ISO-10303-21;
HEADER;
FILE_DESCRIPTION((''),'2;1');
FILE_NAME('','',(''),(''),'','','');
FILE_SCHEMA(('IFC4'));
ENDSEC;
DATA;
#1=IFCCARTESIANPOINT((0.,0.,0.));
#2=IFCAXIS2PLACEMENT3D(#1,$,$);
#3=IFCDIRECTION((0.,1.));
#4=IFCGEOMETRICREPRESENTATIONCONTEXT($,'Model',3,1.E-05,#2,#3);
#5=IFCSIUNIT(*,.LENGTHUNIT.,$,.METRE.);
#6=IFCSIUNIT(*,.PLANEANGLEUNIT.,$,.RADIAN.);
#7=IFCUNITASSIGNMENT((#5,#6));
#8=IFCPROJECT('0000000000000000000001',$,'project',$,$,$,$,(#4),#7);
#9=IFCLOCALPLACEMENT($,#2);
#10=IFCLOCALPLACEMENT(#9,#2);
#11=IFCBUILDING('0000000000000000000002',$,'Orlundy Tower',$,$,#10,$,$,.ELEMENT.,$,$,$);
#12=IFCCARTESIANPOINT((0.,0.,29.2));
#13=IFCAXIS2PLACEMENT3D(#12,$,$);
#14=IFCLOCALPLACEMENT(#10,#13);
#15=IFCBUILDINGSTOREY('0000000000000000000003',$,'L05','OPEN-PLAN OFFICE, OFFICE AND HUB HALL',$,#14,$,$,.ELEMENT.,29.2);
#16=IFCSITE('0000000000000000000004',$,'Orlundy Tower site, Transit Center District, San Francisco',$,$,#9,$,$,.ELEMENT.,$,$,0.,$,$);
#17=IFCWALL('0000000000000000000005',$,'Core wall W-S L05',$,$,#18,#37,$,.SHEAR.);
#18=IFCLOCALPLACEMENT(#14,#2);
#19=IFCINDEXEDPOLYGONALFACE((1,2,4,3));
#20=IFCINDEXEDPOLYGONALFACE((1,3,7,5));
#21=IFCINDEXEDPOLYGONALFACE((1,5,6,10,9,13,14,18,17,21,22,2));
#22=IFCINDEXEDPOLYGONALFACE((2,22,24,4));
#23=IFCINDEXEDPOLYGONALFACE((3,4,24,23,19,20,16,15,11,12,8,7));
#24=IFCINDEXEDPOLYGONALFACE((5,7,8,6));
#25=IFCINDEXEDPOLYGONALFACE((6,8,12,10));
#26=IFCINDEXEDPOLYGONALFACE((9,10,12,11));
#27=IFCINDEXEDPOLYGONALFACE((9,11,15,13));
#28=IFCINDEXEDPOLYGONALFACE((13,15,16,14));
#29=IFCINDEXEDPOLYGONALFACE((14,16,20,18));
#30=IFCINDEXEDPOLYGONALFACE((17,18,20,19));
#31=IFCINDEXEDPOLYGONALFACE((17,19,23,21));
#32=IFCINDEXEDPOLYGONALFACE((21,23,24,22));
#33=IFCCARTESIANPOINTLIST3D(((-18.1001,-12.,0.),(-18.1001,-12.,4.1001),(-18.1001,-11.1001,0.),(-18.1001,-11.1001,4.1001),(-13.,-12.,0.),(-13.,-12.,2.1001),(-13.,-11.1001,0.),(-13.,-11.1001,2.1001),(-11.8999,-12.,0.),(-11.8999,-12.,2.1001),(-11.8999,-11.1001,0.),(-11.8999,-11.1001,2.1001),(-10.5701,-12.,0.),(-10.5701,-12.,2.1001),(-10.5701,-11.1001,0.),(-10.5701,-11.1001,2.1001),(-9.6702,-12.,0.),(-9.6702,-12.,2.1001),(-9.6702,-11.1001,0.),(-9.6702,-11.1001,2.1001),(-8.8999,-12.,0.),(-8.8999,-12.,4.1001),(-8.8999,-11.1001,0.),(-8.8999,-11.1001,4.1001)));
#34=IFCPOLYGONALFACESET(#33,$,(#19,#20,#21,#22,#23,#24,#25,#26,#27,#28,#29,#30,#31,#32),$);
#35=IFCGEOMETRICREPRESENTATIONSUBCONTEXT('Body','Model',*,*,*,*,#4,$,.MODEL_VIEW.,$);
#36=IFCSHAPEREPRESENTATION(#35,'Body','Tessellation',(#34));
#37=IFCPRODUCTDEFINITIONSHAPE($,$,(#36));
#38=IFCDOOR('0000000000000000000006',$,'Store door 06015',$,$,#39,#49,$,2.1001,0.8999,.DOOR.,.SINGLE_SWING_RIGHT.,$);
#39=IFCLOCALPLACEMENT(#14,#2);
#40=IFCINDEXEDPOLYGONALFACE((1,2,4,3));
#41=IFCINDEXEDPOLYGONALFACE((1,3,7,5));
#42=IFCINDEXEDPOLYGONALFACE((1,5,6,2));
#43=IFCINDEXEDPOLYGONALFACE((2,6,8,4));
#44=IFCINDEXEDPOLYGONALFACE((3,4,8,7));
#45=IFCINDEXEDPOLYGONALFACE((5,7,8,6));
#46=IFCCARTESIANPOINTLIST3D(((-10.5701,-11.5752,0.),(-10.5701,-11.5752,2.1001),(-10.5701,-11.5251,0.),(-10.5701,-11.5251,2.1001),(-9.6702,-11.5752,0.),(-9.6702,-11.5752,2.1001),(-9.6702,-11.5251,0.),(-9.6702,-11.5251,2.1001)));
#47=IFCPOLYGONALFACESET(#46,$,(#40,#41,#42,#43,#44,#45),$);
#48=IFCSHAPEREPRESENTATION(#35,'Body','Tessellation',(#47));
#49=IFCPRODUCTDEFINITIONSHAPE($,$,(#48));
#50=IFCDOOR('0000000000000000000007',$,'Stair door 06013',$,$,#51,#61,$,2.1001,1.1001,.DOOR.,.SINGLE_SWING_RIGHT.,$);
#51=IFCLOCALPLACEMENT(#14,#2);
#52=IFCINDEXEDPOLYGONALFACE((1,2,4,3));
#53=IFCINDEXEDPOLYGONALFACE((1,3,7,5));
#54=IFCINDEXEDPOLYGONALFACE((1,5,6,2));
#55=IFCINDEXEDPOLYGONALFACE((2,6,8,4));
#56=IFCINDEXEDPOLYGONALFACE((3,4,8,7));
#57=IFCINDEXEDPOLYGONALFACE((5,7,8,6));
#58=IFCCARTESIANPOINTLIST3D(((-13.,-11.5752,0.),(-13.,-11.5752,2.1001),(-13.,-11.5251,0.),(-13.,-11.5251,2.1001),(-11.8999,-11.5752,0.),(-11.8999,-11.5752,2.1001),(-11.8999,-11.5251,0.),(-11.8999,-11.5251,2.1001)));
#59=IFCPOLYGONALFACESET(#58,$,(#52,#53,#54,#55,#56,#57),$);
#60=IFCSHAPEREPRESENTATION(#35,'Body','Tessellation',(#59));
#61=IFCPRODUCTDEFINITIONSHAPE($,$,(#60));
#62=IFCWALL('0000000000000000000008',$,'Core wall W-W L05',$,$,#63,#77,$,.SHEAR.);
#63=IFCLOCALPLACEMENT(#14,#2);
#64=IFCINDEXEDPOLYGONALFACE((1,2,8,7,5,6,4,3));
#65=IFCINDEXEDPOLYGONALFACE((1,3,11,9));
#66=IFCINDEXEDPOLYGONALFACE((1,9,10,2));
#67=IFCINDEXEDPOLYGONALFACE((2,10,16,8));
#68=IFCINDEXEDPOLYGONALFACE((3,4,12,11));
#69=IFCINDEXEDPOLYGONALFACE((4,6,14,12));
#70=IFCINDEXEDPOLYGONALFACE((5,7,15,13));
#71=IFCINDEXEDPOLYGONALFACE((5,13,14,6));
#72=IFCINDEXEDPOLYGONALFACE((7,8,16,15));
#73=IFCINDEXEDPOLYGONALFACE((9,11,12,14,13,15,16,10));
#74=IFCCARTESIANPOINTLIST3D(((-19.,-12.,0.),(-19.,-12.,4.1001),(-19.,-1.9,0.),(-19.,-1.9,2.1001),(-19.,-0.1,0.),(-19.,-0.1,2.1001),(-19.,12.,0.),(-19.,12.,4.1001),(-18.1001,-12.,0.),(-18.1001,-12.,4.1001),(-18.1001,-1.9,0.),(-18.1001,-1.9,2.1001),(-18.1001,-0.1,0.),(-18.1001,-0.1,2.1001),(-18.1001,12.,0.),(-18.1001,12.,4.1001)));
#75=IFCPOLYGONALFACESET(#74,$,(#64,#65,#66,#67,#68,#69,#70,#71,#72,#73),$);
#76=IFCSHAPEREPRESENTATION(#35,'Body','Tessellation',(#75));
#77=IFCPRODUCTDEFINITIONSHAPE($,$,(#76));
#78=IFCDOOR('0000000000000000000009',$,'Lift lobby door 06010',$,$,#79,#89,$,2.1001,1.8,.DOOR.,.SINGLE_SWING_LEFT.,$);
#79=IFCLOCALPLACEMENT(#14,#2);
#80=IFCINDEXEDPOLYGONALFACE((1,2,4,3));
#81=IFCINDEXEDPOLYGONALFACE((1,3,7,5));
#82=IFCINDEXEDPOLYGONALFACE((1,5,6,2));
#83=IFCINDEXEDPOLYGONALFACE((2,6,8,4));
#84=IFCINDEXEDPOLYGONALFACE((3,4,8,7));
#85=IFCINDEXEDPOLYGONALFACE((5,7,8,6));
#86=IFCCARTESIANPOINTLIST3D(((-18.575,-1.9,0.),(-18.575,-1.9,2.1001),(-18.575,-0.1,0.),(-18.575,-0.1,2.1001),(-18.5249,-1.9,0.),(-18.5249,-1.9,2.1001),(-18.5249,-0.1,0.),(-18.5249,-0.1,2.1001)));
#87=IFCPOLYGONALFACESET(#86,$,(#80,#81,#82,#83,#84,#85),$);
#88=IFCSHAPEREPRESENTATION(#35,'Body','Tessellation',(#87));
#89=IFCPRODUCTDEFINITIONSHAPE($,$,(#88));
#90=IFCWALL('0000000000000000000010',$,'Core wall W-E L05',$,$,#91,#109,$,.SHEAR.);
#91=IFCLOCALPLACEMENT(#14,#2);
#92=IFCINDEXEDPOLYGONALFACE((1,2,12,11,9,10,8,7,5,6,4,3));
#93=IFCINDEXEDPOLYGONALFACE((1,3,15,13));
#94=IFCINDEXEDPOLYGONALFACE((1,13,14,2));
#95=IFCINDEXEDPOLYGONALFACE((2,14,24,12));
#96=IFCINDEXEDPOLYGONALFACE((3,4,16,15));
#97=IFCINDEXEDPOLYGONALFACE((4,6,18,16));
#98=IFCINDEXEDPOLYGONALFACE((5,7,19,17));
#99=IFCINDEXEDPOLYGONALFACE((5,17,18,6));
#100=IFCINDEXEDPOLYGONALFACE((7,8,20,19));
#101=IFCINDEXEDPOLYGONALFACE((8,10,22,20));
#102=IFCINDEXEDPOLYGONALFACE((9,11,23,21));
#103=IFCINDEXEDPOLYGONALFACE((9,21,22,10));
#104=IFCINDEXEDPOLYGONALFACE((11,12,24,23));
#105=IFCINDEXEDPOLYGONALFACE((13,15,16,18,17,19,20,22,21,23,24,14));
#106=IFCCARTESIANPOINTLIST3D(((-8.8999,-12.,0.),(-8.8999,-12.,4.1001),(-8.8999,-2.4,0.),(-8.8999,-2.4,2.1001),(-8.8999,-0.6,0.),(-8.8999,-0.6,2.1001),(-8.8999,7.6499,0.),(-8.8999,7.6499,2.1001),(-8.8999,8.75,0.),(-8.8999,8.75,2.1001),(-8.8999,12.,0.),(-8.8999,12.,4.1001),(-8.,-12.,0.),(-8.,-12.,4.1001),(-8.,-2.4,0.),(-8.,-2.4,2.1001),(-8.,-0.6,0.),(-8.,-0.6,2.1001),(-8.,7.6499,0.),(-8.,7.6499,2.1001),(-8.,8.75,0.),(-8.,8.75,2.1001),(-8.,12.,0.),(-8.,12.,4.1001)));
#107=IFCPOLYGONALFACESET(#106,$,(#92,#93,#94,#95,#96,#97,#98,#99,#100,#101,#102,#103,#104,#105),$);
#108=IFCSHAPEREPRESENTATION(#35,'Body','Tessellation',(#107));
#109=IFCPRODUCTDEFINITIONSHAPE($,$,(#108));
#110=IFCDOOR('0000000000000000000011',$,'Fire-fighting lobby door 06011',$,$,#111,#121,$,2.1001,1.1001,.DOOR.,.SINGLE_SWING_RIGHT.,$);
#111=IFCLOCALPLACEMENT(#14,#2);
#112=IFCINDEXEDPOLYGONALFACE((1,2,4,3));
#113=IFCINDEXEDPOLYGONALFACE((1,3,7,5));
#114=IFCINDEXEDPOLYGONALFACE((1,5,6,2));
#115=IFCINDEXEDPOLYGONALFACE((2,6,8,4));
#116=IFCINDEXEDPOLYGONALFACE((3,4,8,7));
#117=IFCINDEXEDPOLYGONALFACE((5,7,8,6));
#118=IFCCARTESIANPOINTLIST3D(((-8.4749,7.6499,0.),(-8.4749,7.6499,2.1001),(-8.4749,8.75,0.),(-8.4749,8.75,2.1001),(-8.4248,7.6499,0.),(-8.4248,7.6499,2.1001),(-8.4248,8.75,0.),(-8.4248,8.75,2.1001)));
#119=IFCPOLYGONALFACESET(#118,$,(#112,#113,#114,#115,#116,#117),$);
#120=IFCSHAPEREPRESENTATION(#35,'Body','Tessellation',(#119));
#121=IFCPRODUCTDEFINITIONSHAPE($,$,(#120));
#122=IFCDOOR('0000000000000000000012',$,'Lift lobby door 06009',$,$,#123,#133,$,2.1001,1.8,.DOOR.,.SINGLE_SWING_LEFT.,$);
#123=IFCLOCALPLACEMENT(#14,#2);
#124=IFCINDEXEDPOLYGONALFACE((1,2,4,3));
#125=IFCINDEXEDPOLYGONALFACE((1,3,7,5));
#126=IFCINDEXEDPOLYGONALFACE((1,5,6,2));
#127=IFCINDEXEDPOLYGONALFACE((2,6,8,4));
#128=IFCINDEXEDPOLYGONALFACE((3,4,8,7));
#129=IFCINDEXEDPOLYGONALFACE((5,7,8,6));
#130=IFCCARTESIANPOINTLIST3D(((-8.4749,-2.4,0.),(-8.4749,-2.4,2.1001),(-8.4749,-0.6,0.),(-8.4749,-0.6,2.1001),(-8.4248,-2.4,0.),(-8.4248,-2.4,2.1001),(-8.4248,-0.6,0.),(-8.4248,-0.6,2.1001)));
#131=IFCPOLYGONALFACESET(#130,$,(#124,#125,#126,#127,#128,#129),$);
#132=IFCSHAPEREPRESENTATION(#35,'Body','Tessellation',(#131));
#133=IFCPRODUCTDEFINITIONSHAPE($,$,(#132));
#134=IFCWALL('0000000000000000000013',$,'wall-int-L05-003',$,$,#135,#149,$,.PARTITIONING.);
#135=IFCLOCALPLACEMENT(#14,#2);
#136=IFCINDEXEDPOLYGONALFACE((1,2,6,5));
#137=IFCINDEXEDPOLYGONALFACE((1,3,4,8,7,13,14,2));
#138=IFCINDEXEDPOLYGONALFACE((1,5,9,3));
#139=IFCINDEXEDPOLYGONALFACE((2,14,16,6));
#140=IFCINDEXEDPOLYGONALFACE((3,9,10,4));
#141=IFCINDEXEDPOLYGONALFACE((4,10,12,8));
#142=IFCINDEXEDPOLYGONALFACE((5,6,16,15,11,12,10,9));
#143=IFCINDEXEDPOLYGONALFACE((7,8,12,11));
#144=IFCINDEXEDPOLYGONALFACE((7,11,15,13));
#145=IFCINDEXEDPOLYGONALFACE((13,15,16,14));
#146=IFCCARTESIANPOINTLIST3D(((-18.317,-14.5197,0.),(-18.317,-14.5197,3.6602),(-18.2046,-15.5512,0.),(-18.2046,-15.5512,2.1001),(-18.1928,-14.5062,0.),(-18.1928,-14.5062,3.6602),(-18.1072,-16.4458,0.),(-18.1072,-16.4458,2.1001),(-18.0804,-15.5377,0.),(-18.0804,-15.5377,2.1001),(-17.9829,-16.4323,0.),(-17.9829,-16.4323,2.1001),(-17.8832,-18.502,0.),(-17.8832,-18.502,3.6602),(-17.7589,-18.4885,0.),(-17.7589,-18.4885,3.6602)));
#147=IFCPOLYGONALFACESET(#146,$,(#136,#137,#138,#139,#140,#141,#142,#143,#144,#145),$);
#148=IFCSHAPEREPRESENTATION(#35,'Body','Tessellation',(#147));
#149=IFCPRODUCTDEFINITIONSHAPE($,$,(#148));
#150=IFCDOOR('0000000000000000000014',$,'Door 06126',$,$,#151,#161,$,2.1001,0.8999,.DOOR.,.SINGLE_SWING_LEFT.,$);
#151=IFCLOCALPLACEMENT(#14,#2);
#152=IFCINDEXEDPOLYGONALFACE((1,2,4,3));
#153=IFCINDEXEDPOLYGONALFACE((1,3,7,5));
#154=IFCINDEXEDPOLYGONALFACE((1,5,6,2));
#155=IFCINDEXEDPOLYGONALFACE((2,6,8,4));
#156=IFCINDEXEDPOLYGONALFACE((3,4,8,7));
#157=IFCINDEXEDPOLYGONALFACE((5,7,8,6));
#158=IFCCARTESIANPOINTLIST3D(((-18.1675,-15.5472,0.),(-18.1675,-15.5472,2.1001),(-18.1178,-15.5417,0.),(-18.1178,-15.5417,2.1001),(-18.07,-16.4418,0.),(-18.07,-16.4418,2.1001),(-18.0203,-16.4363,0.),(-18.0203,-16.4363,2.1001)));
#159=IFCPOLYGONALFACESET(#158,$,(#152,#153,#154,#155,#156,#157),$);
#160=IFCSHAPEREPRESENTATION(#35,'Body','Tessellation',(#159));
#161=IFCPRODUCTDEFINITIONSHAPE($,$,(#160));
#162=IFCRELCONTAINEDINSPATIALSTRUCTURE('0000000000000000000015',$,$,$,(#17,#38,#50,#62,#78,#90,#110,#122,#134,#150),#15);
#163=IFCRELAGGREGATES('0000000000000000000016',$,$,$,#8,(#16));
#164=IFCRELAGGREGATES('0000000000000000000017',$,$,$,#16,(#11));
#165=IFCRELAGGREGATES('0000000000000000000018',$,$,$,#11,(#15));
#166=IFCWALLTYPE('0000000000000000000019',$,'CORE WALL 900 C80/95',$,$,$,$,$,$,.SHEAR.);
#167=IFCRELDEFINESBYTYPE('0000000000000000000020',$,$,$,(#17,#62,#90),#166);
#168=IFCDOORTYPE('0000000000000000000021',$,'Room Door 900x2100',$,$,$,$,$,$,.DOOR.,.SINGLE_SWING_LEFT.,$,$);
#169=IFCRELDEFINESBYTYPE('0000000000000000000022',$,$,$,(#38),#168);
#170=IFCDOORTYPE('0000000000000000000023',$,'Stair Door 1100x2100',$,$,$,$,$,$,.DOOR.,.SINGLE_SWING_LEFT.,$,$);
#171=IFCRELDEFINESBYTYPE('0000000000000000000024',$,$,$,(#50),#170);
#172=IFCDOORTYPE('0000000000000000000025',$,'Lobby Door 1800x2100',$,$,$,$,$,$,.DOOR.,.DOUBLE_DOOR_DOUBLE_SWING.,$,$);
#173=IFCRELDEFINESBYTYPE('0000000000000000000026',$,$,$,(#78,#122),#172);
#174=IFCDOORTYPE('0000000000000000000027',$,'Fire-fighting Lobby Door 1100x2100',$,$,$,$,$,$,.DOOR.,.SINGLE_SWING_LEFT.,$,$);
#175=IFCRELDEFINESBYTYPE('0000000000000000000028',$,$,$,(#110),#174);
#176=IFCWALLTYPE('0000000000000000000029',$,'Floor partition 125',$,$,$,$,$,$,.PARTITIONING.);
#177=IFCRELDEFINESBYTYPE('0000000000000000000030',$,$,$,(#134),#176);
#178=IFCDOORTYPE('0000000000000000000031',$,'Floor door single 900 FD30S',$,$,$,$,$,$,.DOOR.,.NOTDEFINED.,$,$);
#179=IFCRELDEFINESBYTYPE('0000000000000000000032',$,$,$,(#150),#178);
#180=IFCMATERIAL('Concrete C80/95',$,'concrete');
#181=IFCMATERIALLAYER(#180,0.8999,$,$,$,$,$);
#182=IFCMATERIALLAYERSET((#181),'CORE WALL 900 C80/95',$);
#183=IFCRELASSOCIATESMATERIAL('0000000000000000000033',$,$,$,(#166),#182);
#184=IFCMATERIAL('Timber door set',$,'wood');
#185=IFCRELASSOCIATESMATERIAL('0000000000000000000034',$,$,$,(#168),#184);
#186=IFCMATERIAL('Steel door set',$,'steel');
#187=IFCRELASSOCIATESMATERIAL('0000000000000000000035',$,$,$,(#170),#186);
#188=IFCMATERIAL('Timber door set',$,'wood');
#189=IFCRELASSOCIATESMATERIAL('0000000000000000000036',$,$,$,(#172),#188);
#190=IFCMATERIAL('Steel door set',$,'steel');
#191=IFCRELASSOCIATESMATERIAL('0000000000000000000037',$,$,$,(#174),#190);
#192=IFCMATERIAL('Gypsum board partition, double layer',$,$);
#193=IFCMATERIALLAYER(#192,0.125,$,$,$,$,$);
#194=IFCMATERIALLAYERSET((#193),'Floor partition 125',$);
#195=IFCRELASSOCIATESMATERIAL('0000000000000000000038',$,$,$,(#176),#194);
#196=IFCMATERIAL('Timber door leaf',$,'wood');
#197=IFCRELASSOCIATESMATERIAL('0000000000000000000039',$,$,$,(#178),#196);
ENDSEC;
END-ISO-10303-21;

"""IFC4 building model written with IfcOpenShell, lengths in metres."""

from ifc_helpers import new_model, si_unit, direction, frame, frame_2d, origin, place, context, subcontext, project, spatial, rectangle, extrude, material, layer, layer_set, type_object, element, fill, save


model = new_model("IFC4")

# Units and contexts
model_context = context("Model", 3, precision=1e-05, world=origin(), true_north=direction((0.0, 1.0)))
body_context = subcontext(model_context, "Body", "Model", "MODEL_VIEW")
ifc_project = project(units=[si_unit("LENGTHUNIT", "METRE"), si_unit("PLANEANGLEUNIT", "RADIAN")], contexts=[model_context])

# Site, building, storey
site_placement = place(None, origin())
site = spatial("IfcSite", under=ifc_project, at=site_placement, Name="Orlundy Tower site, Transit Center District, San Francisco", CompositionType="ELEMENT", RefElevation=0.0)
building_placement = place(site_placement, origin())
building = spatial("IfcBuilding", under=site, at=building_placement, Name="Orlundy Tower", CompositionType="ELEMENT")
storey_placement = place(building_placement, frame((0.0, 0.0, 29.2)))
storey = spatial("IfcBuildingStorey", under=building, at=storey_placement, Name="L05", Description="OPEN-PLAN OFFICE, OFFICE AND HUB HALL", CompositionType="ELEMENT", Elevation=29.2)

# Wall, openings, doors
ifc_material_1 = material(Name="Concrete C80/95", Category="concrete")
ifc_layer_1 = layer(ifc_material_1, 0.8999)
ifc_layer_set_1 = layer_set([ifc_layer_1], Name="CORE WALL 900 C80/95")
wall_type_1 = type_object("IfcWallType", Name="CORE WALL 900 C80/95", PredefinedType="SHEAR", material=ifc_layer_set_1)
wall_1_placement = place(storey_placement, frame((-18.1001, -11.55, 0.0), z_axis=(0.0, 0.0, 1.0), x_axis=(1.0, 0.0, 0.0)))
wall_1 = element("IfcWall", 1, at=wall_1_placement, inside=storey, type_object=wall_type_1, Name="Core wall W-S L05", PredefinedType="SHEAR", context=body_context, shape_type="SweptSolid", body=[
    extrude(rectangle(XDim=9.2002, YDim=0.8999, at=frame_2d((4.6001, 0.0))), origin(), (0.0, 0.0, 1.0), 4.1001),
])
opening_1_placement = place(wall_1_placement, frame((5.1001, 0.0, 0.0)))
opening_1 = element("IfcOpeningElement", 2, at=opening_1_placement, cuts=wall_1, PredefinedType="OPENING", context=body_context, shape_type="SweptSolid", body=[
    extrude(rectangle(XDim=1.1001, YDim=2.1001, at=frame_2d((0.55, 1.05))), frame((0.0, 0.46, 0.0), z_axis=(0.0, -1.0, 0.0), x_axis=(1.0, 0.0, 0.0)), (0.0, 0.0, 1.0), 0.9199),
])
opening_2_placement = place(wall_1_placement, frame((7.53, 0.0, 0.0)))
opening_2 = element("IfcOpeningElement", 3, at=opening_2_placement, cuts=wall_1, PredefinedType="OPENING", context=body_context, shape_type="SweptSolid", body=[
    extrude(rectangle(XDim=0.8999, YDim=2.1001, at=frame_2d((0.45, 1.05))), frame((0.0, 0.46, 0.0), z_axis=(0.0, -1.0, 0.0), x_axis=(1.0, 0.0, 0.0)), (0.0, 0.0, 1.0), 0.9199),
])
ifc_material_2 = material(Name="Timber door set", Category="wood")
door_type_1 = type_object("IfcDoorType", Name="Room Door 900x2100", OperationType="SINGLE_SWING_LEFT", PredefinedType="DOOR", material=ifc_material_2)
door_1_placement = place(opening_2_placement, origin())
door_1 = element("IfcDoor", 4, at=door_1_placement, inside=storey, type_object=door_type_1, Name="Store door 06015", OperationType="SINGLE_SWING_RIGHT", OverallHeight=2.1001, OverallWidth=0.8999, PredefinedType="DOOR", context=body_context, shape_type="SweptSolid", body=[
    extrude(rectangle(XDim=0.8999, YDim=2.1001, at=frame_2d((0.45, 1.05))), frame((0.0, 0.0249, 0.0), z_axis=(0.0, -1.0, 0.0), x_axis=(1.0, 0.0, 0.0)), (0.0, 0.0, 1.0), 0.05),
])
fill(opening_2, door_1)
ifc_material_3 = material(Name="Steel door set", Category="steel")
door_type_2 = type_object("IfcDoorType", Name="Stair Door 1100x2100", OperationType="SINGLE_SWING_LEFT", PredefinedType="DOOR", material=ifc_material_3)
door_2_placement = place(opening_1_placement, origin())
door_2 = element("IfcDoor", 5, at=door_2_placement, inside=storey, type_object=door_type_2, Name="Stair door 06013", OperationType="SINGLE_SWING_RIGHT", OverallHeight=2.1001, OverallWidth=1.1001, PredefinedType="DOOR", context=body_context, shape_type="SweptSolid", body=[
    extrude(rectangle(XDim=1.1001, YDim=2.1001, at=frame_2d((0.55, 1.05))), frame((0.0, 0.0249, 0.0), z_axis=(0.0, -1.0, 0.0), x_axis=(1.0, 0.0, 0.0)), (0.0, 0.0, 1.0), 0.05),
])
fill(opening_1, door_2)

# Wall, opening, door
wall_2_placement = place(storey_placement, frame((-18.55, -12.0, 0.0), z_axis=(0.0, 0.0, 1.0), x_axis=(0.0, 1.0, 0.0)))
wall_2 = element("IfcWall", 6, at=wall_2_placement, inside=storey, type_object=wall_type_1, Name="Core wall W-W L05", PredefinedType="SHEAR", context=body_context, shape_type="SweptSolid", body=[
    extrude(rectangle(XDim=24.0, YDim=0.8999, at=frame_2d((12.0, 0.0))), origin(), (0.0, 0.0, 1.0), 4.1001),
])
opening_3_placement = place(wall_2_placement, frame((10.1001, 0.0, 0.0)))
opening_3 = element("IfcOpeningElement", 7, at=opening_3_placement, cuts=wall_2, PredefinedType="OPENING", context=body_context, shape_type="SweptSolid", body=[
    extrude(rectangle(XDim=1.8, YDim=2.1001, at=frame_2d((0.8999, 1.05))), frame((0.0, 0.46, 0.0), z_axis=(0.0, -1.0, 0.0), x_axis=(1.0, 0.0, 0.0)), (0.0, 0.0, 1.0), 0.9199),
])
ifc_material_4 = material(Name="Timber door set", Category="wood")
door_type_3 = type_object("IfcDoorType", Name="Lobby Door 1800x2100", OperationType="DOUBLE_DOOR_DOUBLE_SWING", PredefinedType="DOOR", material=ifc_material_4)
door_3_placement = place(opening_3_placement, origin())
door_3 = element("IfcDoor", 8, at=door_3_placement, inside=storey, type_object=door_type_3, Name="Lift lobby door 06010", OperationType="SINGLE_SWING_LEFT", OverallHeight=2.1001, OverallWidth=1.8, PredefinedType="DOOR", context=body_context, shape_type="SweptSolid", body=[
    extrude(rectangle(XDim=1.8, YDim=2.1001, at=frame_2d((0.8999, 1.05))), frame((0.0, 0.0249, 0.0), z_axis=(0.0, -1.0, 0.0), x_axis=(1.0, 0.0, 0.0)), (0.0, 0.0, 1.0), 0.05),
])
fill(opening_3, door_3)

# Wall, openings, doors
wall_3_placement = place(storey_placement, frame((-8.45, -12.0, 0.0), z_axis=(0.0, 0.0, 1.0), x_axis=(0.0, 1.0, 0.0)))
wall_3 = element("IfcWall", 9, at=wall_3_placement, inside=storey, type_object=wall_type_1, Name="Core wall W-E L05", PredefinedType="SHEAR", context=body_context, shape_type="SweptSolid", body=[
    extrude(rectangle(XDim=24.0, YDim=0.8999, at=frame_2d((12.0, 0.0))), origin(), (0.0, 0.0, 1.0), 4.1001),
])
opening_4_placement = place(wall_3_placement, frame((9.6001, 0.0, 0.0)))
opening_4 = element("IfcOpeningElement", 10, at=opening_4_placement, cuts=wall_3, PredefinedType="OPENING", context=body_context, shape_type="SweptSolid", body=[
    extrude(rectangle(XDim=1.8, YDim=2.1001, at=frame_2d((0.8999, 1.05))), frame((0.0, 0.46, 0.0), z_axis=(0.0, -1.0, 0.0), x_axis=(1.0, 0.0, 0.0)), (0.0, 0.0, 1.0), 0.9199),
])
opening_5_placement = place(wall_3_placement, frame((19.6499, 0.0, 0.0)))
opening_5 = element("IfcOpeningElement", 11, at=opening_5_placement, cuts=wall_3, PredefinedType="OPENING", context=body_context, shape_type="SweptSolid", body=[
    extrude(rectangle(XDim=1.1001, YDim=2.1001, at=frame_2d((0.55, 1.05))), frame((0.0, 0.46, 0.0), z_axis=(0.0, -1.0, 0.0), x_axis=(1.0, 0.0, 0.0)), (0.0, 0.0, 1.0), 0.9199),
])
ifc_material_5 = material(Name="Steel door set", Category="steel")
door_type_4 = type_object("IfcDoorType", Name="Fire-fighting Lobby Door 1100x2100", OperationType="SINGLE_SWING_LEFT", PredefinedType="DOOR", material=ifc_material_5)
door_4_placement = place(opening_5_placement, origin())
door_4 = element("IfcDoor", 12, at=door_4_placement, inside=storey, type_object=door_type_4, Name="Fire-fighting lobby door 06011", OperationType="SINGLE_SWING_RIGHT", OverallHeight=2.1001, OverallWidth=1.1001, PredefinedType="DOOR", context=body_context, shape_type="SweptSolid", body=[
    extrude(rectangle(XDim=1.1001, YDim=2.1001, at=frame_2d((0.55, 1.05))), frame((0.0, 0.0249, 0.0), z_axis=(0.0, -1.0, 0.0), x_axis=(1.0, 0.0, 0.0)), (0.0, 0.0, 1.0), 0.05),
])
fill(opening_5, door_4)
door_5_placement = place(opening_4_placement, origin())
door_5 = element("IfcDoor", 13, at=door_5_placement, inside=storey, type_object=door_type_3, Name="Lift lobby door 06009", OperationType="SINGLE_SWING_LEFT", OverallHeight=2.1001, OverallWidth=1.8, PredefinedType="DOOR", context=body_context, shape_type="SweptSolid", body=[
    extrude(rectangle(XDim=1.8, YDim=2.1001, at=frame_2d((0.8999, 1.05))), frame((0.0, 0.0249, 0.0), z_axis=(0.0, -1.0, 0.0), x_axis=(1.0, 0.0, 0.0)), (0.0, 0.0, 1.0), 0.05),
])
fill(opening_4, door_5)

# Wall, opening, door
ifc_material_6 = material(Name="Gypsum board partition, double layer")
ifc_layer_2 = layer(ifc_material_6, 0.125)
ifc_layer_set_2 = layer_set([ifc_layer_2], Name="Floor partition 125")
wall_type_2 = type_object("IfcWallType", Name="Floor partition 125", PredefinedType="PARTITIONING", material=ifc_layer_set_2)
wall_4_placement = place(storey_placement, frame((-18.2549, -14.5129, 0.0), z_axis=(0.0, 0.0, 1.0), x_axis=(0.108304, -0.994118, 0.0)))
wall_4 = element("IfcWall", 14, at=wall_4_placement, inside=storey, type_object=wall_type_2, Name="wall-int-L05-003", PredefinedType="PARTITIONING", context=body_context, shape_type="SweptSolid", body=[
    extrude(rectangle(XDim=4.0059, YDim=0.125, at=frame_2d((2.0029, 0.0))), origin(), (0.0, 0.0, 1.0), 3.6602),
])
opening_6_placement = place(wall_4_placement, frame((1.0376, 0.0, 0.0)))
opening_6 = element("IfcOpeningElement", 15, at=opening_6_placement, cuts=wall_4, PredefinedType="OPENING", context=body_context, shape_type="SweptSolid", body=[
    extrude(rectangle(XDim=0.8999, YDim=2.1001, at=frame_2d((0.45, 1.05))), frame((0.0, 0.0725, 0.0), z_axis=(0.0, -1.0, 0.0), x_axis=(1.0, 0.0, 0.0)), (0.0, 0.0, 1.0), 0.145),
])
ifc_material_7 = material(Name="Timber door leaf", Category="wood")
door_type_5 = type_object("IfcDoorType", Name="Floor door single 900 FD30S", OperationType="NOTDEFINED", PredefinedType="DOOR", material=ifc_material_7)
door_6_placement = place(opening_6_placement, origin())
door_6 = element("IfcDoor", 16, at=door_6_placement, inside=storey, type_object=door_type_5, Name="Door 06126", OperationType="SINGLE_SWING_LEFT", OverallHeight=2.1001, OverallWidth=0.8999, PredefinedType="DOOR", context=body_context, shape_type="SweptSolid", body=[
    extrude(rectangle(XDim=0.8999, YDim=2.1001, at=frame_2d((0.45, 1.05))), frame((0.0, 0.0249, 0.0), z_axis=(0.0, -1.0, 0.0), x_axis=(1.0, 0.0, 0.0)), (0.0, 0.0, 1.0), 0.05),
])
fill(opening_6, door_6)

save(model, "model.ifc")
